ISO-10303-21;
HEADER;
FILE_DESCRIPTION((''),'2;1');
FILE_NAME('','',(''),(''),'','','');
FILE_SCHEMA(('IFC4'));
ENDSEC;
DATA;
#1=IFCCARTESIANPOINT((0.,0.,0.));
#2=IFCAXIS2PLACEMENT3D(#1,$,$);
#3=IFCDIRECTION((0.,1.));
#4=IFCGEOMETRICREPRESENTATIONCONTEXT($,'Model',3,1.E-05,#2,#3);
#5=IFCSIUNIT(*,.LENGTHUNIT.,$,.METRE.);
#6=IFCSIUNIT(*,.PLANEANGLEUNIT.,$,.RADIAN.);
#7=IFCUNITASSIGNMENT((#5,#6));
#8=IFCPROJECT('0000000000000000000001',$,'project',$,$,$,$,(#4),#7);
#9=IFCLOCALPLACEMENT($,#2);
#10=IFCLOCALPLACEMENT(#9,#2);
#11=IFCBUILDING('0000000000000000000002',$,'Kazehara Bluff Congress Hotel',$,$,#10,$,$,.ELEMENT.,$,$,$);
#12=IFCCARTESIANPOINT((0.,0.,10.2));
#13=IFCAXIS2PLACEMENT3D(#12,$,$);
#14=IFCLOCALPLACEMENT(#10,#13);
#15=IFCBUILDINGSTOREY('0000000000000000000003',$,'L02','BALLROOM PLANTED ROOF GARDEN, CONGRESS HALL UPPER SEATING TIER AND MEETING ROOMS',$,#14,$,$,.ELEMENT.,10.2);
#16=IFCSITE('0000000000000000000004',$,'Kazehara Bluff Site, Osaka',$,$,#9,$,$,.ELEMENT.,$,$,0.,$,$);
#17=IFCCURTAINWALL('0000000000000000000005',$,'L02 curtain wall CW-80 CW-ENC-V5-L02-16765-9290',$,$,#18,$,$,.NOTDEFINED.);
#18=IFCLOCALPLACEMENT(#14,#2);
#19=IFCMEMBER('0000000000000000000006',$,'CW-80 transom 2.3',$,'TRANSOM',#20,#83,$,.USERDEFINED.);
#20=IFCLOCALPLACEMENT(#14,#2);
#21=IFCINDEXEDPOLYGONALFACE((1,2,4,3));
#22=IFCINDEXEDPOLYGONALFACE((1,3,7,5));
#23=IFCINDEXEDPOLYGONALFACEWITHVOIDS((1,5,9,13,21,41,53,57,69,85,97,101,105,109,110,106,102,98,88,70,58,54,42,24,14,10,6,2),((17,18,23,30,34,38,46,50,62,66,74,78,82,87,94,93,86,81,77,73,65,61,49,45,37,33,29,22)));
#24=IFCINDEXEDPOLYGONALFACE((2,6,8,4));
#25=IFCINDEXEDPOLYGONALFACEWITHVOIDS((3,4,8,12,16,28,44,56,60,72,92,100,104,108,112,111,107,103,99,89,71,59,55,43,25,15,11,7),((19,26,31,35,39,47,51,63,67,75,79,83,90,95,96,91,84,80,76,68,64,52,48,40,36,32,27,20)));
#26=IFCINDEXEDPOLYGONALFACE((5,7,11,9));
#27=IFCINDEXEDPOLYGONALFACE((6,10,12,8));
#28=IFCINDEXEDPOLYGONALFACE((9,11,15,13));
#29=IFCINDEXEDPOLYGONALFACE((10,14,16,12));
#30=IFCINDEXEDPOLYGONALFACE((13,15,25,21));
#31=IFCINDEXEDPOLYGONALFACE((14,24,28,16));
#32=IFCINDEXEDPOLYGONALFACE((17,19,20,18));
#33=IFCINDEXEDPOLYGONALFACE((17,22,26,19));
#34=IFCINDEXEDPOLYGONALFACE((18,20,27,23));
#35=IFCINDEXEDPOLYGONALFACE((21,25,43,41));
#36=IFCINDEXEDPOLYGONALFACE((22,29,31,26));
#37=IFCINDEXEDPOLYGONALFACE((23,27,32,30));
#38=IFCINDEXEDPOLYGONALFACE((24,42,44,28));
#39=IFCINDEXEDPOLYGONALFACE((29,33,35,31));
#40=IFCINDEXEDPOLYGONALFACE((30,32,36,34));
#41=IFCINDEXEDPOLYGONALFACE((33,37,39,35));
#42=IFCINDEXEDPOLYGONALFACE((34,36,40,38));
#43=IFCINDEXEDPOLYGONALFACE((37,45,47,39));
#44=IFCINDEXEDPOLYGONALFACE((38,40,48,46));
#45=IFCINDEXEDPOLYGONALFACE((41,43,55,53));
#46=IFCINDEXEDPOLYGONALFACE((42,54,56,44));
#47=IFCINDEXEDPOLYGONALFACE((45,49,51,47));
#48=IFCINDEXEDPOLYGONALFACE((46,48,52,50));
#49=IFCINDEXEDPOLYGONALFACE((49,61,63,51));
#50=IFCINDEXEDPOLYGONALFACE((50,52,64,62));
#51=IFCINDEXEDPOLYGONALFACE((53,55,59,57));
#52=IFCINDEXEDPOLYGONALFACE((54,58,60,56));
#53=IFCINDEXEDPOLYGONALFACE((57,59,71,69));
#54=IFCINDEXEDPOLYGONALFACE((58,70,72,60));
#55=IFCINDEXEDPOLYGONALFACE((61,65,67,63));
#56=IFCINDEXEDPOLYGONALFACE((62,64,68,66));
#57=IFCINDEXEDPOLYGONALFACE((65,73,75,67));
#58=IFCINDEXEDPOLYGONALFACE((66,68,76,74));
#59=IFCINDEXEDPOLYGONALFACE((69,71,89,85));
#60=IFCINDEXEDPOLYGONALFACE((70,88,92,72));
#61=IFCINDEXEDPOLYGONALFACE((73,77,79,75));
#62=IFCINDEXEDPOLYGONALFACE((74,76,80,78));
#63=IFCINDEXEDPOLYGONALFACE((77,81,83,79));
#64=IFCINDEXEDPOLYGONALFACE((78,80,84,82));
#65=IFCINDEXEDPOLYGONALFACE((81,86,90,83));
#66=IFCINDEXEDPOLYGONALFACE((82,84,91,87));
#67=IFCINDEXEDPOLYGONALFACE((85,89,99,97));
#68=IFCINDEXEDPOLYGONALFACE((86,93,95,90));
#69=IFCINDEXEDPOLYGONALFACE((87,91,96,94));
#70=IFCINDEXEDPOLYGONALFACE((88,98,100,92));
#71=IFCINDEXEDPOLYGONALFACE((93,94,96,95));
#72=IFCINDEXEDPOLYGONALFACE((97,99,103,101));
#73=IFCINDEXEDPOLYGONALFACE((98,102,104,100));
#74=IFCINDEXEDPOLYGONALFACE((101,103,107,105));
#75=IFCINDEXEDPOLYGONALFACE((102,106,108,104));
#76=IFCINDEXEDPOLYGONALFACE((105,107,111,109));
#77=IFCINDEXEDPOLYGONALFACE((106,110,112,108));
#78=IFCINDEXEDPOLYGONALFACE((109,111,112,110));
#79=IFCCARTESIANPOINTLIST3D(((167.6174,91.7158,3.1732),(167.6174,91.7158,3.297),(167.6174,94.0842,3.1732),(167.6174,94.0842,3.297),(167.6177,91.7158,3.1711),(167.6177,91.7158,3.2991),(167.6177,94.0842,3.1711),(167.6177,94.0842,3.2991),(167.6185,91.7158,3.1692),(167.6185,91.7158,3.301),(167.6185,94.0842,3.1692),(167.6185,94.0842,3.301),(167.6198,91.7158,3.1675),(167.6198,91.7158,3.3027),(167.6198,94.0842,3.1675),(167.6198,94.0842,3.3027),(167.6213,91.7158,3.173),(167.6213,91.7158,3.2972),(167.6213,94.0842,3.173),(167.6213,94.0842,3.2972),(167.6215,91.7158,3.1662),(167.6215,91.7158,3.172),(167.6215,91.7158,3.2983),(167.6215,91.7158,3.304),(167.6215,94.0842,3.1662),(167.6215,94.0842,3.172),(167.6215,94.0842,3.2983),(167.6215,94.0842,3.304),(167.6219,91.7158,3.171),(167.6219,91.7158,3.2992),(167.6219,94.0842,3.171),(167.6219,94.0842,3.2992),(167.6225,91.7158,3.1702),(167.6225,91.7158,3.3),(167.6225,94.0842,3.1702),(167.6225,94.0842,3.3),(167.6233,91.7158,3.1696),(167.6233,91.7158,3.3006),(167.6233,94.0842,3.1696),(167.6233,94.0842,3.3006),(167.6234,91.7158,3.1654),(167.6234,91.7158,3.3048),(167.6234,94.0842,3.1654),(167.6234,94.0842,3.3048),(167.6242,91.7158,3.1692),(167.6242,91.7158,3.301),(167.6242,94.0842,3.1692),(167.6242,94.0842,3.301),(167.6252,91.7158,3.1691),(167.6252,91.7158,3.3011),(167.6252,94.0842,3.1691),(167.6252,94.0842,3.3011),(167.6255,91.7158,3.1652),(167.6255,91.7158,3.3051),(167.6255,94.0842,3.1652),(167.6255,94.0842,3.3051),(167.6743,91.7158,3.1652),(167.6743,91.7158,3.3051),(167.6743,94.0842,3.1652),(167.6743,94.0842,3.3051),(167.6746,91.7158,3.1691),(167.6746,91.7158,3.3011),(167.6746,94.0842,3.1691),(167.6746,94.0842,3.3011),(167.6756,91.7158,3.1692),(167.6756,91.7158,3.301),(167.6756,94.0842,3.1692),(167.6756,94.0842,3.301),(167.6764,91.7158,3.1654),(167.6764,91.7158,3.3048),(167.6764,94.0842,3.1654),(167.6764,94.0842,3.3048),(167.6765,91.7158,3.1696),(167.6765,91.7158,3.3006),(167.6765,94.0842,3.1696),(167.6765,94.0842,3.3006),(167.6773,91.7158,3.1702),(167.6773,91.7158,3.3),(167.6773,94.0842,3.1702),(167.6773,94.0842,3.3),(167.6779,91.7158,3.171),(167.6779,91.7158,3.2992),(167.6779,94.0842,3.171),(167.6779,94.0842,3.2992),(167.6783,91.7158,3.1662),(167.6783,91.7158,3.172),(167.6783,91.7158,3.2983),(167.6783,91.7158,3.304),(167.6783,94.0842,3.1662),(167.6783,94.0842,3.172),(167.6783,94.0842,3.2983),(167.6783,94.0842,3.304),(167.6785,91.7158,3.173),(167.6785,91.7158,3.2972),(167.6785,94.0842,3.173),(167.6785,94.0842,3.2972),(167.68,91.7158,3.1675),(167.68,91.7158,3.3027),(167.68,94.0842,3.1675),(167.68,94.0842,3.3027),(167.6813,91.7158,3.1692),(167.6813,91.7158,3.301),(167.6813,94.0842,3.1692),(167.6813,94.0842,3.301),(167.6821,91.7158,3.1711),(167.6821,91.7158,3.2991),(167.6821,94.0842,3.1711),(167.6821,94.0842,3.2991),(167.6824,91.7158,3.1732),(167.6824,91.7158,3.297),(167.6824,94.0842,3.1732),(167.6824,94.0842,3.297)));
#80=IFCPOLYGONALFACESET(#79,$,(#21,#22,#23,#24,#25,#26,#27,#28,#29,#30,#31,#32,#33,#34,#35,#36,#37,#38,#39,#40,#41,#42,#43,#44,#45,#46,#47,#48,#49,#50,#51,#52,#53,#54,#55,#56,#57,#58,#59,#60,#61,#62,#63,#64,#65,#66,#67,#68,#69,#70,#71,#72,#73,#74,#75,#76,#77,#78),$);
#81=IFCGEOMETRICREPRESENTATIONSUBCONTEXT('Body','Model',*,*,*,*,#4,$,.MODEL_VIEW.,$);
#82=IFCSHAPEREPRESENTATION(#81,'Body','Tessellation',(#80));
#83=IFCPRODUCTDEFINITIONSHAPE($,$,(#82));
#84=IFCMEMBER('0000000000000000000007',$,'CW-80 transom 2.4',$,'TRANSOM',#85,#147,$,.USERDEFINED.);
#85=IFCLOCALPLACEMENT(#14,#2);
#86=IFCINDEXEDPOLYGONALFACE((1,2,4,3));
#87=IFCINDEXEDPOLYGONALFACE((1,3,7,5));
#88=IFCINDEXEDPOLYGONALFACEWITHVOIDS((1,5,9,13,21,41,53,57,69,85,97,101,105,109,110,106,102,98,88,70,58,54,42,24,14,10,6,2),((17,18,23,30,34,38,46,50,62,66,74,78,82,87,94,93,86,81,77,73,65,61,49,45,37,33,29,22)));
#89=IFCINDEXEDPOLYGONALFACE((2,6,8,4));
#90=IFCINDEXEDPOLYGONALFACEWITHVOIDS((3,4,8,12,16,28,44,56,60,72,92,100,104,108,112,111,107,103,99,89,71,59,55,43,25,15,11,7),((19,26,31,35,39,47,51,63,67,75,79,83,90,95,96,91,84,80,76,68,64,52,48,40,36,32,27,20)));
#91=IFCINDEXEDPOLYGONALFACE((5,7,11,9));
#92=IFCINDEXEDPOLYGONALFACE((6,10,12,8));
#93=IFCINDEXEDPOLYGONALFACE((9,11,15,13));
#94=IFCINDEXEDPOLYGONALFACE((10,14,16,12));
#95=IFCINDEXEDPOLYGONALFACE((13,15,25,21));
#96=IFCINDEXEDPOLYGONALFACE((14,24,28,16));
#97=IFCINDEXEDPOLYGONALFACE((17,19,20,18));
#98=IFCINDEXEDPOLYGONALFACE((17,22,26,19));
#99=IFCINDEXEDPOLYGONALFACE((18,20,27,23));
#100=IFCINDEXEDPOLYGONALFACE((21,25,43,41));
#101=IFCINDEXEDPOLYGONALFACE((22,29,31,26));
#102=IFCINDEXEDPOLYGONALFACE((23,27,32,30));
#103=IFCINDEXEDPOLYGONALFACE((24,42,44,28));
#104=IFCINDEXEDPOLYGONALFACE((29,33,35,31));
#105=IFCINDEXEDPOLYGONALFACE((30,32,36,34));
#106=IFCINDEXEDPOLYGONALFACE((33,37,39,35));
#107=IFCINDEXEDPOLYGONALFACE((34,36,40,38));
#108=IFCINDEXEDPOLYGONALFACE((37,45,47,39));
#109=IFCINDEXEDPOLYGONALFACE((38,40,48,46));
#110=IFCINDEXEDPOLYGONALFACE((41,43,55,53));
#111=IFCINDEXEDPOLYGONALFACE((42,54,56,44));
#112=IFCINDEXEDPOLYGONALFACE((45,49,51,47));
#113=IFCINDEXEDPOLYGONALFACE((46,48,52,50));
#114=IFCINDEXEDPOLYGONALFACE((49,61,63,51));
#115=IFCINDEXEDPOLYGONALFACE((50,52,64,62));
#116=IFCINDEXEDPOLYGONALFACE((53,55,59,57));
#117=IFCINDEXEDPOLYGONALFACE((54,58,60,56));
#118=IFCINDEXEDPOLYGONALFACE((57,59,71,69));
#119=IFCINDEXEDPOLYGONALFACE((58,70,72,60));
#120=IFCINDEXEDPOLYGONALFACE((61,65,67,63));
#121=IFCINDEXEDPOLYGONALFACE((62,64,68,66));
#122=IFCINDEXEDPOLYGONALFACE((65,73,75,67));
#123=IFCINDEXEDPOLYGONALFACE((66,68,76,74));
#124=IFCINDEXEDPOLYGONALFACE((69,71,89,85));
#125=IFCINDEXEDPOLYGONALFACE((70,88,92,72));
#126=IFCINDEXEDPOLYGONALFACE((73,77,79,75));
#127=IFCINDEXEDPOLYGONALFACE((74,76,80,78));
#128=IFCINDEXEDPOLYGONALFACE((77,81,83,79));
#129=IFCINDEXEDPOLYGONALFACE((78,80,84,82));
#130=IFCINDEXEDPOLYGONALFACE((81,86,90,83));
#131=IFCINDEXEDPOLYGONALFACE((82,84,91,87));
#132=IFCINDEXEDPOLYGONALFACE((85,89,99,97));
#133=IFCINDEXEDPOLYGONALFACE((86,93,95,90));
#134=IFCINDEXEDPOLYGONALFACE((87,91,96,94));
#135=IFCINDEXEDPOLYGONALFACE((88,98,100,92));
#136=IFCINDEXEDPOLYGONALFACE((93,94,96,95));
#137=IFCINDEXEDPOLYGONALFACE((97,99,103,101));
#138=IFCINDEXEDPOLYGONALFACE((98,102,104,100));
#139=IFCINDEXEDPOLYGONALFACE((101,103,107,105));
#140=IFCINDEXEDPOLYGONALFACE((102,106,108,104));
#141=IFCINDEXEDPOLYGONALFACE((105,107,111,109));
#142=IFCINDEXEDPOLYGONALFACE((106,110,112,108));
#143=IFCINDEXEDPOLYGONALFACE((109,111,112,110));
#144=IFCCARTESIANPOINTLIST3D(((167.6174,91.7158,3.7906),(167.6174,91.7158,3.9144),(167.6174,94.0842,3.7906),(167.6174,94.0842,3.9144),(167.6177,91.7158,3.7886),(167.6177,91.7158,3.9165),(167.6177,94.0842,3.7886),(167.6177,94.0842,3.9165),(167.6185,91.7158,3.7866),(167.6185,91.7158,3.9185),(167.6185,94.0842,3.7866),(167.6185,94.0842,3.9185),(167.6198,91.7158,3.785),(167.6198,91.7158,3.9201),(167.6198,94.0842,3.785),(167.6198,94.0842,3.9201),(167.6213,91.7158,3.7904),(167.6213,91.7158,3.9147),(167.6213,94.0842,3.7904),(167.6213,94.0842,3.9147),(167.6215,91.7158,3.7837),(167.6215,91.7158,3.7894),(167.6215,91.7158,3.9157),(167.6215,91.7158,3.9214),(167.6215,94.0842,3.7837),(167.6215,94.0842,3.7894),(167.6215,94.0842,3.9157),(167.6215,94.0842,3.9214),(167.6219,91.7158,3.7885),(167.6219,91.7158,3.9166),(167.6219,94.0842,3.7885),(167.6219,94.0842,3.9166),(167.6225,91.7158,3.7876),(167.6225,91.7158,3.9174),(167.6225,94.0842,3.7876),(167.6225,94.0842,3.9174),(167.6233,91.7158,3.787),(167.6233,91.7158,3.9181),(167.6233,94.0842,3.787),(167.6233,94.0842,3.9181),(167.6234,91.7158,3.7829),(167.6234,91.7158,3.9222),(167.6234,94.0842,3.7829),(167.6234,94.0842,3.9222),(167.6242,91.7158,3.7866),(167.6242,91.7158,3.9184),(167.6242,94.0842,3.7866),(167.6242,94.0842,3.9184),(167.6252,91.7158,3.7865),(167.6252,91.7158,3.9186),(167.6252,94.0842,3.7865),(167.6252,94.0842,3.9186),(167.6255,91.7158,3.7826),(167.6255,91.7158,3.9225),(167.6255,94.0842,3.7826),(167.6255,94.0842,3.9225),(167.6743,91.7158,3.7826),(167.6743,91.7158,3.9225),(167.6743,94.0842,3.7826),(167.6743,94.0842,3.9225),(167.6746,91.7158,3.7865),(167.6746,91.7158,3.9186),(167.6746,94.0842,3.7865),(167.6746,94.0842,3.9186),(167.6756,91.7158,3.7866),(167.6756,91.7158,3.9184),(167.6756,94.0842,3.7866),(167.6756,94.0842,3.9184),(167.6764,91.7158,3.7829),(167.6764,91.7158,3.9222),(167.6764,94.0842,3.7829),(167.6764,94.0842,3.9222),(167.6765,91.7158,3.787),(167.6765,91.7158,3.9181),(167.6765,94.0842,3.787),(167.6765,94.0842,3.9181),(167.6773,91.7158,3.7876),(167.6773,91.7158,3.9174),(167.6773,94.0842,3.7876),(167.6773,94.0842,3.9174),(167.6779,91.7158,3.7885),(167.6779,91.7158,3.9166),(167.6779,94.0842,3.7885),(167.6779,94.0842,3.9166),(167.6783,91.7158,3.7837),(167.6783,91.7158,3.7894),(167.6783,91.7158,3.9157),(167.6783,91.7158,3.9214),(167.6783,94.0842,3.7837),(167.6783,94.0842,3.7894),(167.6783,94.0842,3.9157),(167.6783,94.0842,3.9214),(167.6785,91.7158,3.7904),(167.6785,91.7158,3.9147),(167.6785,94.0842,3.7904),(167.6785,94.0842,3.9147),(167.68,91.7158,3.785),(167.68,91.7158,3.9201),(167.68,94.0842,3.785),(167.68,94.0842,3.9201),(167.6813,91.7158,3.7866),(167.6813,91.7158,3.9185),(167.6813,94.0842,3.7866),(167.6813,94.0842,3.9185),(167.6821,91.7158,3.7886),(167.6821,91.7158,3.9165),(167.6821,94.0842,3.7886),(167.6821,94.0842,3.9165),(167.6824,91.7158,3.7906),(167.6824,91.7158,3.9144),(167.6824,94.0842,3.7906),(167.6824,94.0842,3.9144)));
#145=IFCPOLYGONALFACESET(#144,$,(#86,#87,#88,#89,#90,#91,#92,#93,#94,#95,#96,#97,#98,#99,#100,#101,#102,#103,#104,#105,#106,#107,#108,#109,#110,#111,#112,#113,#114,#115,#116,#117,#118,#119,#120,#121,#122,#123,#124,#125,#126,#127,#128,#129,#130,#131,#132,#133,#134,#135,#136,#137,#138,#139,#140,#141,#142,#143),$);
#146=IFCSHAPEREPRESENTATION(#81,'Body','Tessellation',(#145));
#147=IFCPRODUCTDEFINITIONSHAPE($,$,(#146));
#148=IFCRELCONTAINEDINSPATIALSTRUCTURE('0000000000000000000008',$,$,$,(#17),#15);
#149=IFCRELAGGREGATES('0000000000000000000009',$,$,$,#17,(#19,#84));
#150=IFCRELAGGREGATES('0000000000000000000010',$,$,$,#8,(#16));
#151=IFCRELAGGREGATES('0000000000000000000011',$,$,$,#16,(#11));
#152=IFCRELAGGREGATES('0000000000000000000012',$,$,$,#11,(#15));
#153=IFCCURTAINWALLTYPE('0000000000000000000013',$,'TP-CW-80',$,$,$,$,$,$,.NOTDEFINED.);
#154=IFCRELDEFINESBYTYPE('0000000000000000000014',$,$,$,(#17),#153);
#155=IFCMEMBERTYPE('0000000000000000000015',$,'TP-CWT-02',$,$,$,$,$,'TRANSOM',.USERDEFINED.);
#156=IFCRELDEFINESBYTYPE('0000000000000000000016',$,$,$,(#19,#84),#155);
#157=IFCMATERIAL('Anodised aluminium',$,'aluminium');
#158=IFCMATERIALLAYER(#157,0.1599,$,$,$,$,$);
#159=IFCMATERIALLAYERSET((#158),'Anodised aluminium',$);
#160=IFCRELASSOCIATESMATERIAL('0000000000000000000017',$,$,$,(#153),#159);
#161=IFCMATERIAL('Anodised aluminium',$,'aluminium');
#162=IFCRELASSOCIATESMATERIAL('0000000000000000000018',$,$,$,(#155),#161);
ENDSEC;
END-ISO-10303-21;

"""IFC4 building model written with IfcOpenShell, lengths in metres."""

from ifc_helpers import new_model, si_unit, direction, frame, origin, origin_2d, place, context, subcontext, project, spatial, hollow_rectangle, extrude, material, layer, layer_set, material_profile, profile_set, type_object, element, aggregate, save


model = new_model("IFC4")

# Units and contexts
model_context = context("Model", 3, precision=1e-05, world=origin(), true_north=direction((0.0, 1.0)))
body_context = subcontext(model_context, "Body", "Model", "MODEL_VIEW")
ifc_project = project(units=[si_unit("LENGTHUNIT", "METRE"), si_unit("PLANEANGLEUNIT", "RADIAN")], contexts=[model_context])

# Site, building, storey
site_placement = place(None, origin())
site = spatial("IfcSite", under=ifc_project, at=site_placement, Name="Kazehara Bluff Site, Osaka", CompositionType="ELEMENT", RefElevation=0.0)
building_placement = place(site_placement, origin())
building = spatial("IfcBuilding", under=site, at=building_placement, Name="Kazehara Bluff Congress Hotel", CompositionType="ELEMENT")
storey_placement = place(building_placement, frame((0.0, 0.0, 10.2)))
storey = spatial("IfcBuildingStorey", under=building, at=storey_placement, Name="L02", Description="BALLROOM PLANTED ROOF GARDEN, CONGRESS HALL UPPER SEATING TIER AND MEETING ROOMS", CompositionType="ELEMENT", Elevation=10.2)

# Curtain wall
ifc_material_1 = material(Name="Anodised aluminium", Category="aluminium")
ifc_layer_1 = layer(ifc_material_1, 0.1599)
ifc_layer_set_1 = layer_set([ifc_layer_1], Name="Anodised aluminium")
curtain_wall_type_1 = type_object("IfcCurtainWallType", Name="TP-CW-80", PredefinedType="NOTDEFINED", material=ifc_layer_set_1)
curtain_wall_1_placement = place(storey_placement, origin())
curtain_wall_1 = element("IfcCurtainWall", 1, at=curtain_wall_1_placement, inside=storey, type_object=curtain_wall_type_1, Name="L02 curtain wall CW-80 CW-ENC-V5-L02-16765-9290", PredefinedType="NOTDEFINED")

# Members
ifc_material_2 = material(Name="Anodised aluminium", Category="aluminium")
ifc_material_profile_1 = material_profile(ifc_material_2, hollow_rectangle(XDim=0.0649, YDim=0.1399, WallThickness=0.0039, InnerFilletRadius=0.0039, OuterFilletRadius=0.0081, at=origin_2d()))
ifc_profile_set_1 = profile_set([ifc_material_profile_1], Name="Anodised aluminium")
member_type_1 = type_object("IfcMemberType", Name="TP-CWT-02", ElementType="TRANSOM", PredefinedType="USERDEFINED", material=ifc_profile_set_1)
member_1_placement = place(storey_placement, frame((167.6499, 94.0842, 3.2351), z_axis=(0.0, -1.0, 0.0), x_axis=(1.0, 0.0, 0.0)))
member_1 = element("IfcMember", 2, at=member_1_placement, type_object=member_type_1, Name="CW-80 transom 2.3", ObjectType="TRANSOM", PredefinedType="USERDEFINED", context=body_context, shape_type="SweptSolid", body=[
    extrude(hollow_rectangle(XDim=0.0649, YDim=0.1399, WallThickness=0.0039, InnerFilletRadius=0.0039, OuterFilletRadius=0.0081, at=origin_2d()), origin(), (0.0, 0.0, 1.0), 2.3684),
])
member_2_placement = place(storey_placement, frame((167.6499, 94.0842, 3.8525), z_axis=(0.0, -1.0, 0.0), x_axis=(1.0, 0.0, 0.0)))
member_2 = element("IfcMember", 3, at=member_2_placement, type_object=member_type_1, Name="CW-80 transom 2.4", ObjectType="TRANSOM", PredefinedType="USERDEFINED", context=body_context, shape_type="SweptSolid", body=[
    extrude(hollow_rectangle(XDim=0.0649, YDim=0.1399, WallThickness=0.0039, InnerFilletRadius=0.0039, OuterFilletRadius=0.0081, at=origin_2d()), origin(), (0.0, 0.0, 1.0), 2.3684),
])

aggregate(curtain_wall_1, [member_1, member_2])

save(model, "model.ifc")
